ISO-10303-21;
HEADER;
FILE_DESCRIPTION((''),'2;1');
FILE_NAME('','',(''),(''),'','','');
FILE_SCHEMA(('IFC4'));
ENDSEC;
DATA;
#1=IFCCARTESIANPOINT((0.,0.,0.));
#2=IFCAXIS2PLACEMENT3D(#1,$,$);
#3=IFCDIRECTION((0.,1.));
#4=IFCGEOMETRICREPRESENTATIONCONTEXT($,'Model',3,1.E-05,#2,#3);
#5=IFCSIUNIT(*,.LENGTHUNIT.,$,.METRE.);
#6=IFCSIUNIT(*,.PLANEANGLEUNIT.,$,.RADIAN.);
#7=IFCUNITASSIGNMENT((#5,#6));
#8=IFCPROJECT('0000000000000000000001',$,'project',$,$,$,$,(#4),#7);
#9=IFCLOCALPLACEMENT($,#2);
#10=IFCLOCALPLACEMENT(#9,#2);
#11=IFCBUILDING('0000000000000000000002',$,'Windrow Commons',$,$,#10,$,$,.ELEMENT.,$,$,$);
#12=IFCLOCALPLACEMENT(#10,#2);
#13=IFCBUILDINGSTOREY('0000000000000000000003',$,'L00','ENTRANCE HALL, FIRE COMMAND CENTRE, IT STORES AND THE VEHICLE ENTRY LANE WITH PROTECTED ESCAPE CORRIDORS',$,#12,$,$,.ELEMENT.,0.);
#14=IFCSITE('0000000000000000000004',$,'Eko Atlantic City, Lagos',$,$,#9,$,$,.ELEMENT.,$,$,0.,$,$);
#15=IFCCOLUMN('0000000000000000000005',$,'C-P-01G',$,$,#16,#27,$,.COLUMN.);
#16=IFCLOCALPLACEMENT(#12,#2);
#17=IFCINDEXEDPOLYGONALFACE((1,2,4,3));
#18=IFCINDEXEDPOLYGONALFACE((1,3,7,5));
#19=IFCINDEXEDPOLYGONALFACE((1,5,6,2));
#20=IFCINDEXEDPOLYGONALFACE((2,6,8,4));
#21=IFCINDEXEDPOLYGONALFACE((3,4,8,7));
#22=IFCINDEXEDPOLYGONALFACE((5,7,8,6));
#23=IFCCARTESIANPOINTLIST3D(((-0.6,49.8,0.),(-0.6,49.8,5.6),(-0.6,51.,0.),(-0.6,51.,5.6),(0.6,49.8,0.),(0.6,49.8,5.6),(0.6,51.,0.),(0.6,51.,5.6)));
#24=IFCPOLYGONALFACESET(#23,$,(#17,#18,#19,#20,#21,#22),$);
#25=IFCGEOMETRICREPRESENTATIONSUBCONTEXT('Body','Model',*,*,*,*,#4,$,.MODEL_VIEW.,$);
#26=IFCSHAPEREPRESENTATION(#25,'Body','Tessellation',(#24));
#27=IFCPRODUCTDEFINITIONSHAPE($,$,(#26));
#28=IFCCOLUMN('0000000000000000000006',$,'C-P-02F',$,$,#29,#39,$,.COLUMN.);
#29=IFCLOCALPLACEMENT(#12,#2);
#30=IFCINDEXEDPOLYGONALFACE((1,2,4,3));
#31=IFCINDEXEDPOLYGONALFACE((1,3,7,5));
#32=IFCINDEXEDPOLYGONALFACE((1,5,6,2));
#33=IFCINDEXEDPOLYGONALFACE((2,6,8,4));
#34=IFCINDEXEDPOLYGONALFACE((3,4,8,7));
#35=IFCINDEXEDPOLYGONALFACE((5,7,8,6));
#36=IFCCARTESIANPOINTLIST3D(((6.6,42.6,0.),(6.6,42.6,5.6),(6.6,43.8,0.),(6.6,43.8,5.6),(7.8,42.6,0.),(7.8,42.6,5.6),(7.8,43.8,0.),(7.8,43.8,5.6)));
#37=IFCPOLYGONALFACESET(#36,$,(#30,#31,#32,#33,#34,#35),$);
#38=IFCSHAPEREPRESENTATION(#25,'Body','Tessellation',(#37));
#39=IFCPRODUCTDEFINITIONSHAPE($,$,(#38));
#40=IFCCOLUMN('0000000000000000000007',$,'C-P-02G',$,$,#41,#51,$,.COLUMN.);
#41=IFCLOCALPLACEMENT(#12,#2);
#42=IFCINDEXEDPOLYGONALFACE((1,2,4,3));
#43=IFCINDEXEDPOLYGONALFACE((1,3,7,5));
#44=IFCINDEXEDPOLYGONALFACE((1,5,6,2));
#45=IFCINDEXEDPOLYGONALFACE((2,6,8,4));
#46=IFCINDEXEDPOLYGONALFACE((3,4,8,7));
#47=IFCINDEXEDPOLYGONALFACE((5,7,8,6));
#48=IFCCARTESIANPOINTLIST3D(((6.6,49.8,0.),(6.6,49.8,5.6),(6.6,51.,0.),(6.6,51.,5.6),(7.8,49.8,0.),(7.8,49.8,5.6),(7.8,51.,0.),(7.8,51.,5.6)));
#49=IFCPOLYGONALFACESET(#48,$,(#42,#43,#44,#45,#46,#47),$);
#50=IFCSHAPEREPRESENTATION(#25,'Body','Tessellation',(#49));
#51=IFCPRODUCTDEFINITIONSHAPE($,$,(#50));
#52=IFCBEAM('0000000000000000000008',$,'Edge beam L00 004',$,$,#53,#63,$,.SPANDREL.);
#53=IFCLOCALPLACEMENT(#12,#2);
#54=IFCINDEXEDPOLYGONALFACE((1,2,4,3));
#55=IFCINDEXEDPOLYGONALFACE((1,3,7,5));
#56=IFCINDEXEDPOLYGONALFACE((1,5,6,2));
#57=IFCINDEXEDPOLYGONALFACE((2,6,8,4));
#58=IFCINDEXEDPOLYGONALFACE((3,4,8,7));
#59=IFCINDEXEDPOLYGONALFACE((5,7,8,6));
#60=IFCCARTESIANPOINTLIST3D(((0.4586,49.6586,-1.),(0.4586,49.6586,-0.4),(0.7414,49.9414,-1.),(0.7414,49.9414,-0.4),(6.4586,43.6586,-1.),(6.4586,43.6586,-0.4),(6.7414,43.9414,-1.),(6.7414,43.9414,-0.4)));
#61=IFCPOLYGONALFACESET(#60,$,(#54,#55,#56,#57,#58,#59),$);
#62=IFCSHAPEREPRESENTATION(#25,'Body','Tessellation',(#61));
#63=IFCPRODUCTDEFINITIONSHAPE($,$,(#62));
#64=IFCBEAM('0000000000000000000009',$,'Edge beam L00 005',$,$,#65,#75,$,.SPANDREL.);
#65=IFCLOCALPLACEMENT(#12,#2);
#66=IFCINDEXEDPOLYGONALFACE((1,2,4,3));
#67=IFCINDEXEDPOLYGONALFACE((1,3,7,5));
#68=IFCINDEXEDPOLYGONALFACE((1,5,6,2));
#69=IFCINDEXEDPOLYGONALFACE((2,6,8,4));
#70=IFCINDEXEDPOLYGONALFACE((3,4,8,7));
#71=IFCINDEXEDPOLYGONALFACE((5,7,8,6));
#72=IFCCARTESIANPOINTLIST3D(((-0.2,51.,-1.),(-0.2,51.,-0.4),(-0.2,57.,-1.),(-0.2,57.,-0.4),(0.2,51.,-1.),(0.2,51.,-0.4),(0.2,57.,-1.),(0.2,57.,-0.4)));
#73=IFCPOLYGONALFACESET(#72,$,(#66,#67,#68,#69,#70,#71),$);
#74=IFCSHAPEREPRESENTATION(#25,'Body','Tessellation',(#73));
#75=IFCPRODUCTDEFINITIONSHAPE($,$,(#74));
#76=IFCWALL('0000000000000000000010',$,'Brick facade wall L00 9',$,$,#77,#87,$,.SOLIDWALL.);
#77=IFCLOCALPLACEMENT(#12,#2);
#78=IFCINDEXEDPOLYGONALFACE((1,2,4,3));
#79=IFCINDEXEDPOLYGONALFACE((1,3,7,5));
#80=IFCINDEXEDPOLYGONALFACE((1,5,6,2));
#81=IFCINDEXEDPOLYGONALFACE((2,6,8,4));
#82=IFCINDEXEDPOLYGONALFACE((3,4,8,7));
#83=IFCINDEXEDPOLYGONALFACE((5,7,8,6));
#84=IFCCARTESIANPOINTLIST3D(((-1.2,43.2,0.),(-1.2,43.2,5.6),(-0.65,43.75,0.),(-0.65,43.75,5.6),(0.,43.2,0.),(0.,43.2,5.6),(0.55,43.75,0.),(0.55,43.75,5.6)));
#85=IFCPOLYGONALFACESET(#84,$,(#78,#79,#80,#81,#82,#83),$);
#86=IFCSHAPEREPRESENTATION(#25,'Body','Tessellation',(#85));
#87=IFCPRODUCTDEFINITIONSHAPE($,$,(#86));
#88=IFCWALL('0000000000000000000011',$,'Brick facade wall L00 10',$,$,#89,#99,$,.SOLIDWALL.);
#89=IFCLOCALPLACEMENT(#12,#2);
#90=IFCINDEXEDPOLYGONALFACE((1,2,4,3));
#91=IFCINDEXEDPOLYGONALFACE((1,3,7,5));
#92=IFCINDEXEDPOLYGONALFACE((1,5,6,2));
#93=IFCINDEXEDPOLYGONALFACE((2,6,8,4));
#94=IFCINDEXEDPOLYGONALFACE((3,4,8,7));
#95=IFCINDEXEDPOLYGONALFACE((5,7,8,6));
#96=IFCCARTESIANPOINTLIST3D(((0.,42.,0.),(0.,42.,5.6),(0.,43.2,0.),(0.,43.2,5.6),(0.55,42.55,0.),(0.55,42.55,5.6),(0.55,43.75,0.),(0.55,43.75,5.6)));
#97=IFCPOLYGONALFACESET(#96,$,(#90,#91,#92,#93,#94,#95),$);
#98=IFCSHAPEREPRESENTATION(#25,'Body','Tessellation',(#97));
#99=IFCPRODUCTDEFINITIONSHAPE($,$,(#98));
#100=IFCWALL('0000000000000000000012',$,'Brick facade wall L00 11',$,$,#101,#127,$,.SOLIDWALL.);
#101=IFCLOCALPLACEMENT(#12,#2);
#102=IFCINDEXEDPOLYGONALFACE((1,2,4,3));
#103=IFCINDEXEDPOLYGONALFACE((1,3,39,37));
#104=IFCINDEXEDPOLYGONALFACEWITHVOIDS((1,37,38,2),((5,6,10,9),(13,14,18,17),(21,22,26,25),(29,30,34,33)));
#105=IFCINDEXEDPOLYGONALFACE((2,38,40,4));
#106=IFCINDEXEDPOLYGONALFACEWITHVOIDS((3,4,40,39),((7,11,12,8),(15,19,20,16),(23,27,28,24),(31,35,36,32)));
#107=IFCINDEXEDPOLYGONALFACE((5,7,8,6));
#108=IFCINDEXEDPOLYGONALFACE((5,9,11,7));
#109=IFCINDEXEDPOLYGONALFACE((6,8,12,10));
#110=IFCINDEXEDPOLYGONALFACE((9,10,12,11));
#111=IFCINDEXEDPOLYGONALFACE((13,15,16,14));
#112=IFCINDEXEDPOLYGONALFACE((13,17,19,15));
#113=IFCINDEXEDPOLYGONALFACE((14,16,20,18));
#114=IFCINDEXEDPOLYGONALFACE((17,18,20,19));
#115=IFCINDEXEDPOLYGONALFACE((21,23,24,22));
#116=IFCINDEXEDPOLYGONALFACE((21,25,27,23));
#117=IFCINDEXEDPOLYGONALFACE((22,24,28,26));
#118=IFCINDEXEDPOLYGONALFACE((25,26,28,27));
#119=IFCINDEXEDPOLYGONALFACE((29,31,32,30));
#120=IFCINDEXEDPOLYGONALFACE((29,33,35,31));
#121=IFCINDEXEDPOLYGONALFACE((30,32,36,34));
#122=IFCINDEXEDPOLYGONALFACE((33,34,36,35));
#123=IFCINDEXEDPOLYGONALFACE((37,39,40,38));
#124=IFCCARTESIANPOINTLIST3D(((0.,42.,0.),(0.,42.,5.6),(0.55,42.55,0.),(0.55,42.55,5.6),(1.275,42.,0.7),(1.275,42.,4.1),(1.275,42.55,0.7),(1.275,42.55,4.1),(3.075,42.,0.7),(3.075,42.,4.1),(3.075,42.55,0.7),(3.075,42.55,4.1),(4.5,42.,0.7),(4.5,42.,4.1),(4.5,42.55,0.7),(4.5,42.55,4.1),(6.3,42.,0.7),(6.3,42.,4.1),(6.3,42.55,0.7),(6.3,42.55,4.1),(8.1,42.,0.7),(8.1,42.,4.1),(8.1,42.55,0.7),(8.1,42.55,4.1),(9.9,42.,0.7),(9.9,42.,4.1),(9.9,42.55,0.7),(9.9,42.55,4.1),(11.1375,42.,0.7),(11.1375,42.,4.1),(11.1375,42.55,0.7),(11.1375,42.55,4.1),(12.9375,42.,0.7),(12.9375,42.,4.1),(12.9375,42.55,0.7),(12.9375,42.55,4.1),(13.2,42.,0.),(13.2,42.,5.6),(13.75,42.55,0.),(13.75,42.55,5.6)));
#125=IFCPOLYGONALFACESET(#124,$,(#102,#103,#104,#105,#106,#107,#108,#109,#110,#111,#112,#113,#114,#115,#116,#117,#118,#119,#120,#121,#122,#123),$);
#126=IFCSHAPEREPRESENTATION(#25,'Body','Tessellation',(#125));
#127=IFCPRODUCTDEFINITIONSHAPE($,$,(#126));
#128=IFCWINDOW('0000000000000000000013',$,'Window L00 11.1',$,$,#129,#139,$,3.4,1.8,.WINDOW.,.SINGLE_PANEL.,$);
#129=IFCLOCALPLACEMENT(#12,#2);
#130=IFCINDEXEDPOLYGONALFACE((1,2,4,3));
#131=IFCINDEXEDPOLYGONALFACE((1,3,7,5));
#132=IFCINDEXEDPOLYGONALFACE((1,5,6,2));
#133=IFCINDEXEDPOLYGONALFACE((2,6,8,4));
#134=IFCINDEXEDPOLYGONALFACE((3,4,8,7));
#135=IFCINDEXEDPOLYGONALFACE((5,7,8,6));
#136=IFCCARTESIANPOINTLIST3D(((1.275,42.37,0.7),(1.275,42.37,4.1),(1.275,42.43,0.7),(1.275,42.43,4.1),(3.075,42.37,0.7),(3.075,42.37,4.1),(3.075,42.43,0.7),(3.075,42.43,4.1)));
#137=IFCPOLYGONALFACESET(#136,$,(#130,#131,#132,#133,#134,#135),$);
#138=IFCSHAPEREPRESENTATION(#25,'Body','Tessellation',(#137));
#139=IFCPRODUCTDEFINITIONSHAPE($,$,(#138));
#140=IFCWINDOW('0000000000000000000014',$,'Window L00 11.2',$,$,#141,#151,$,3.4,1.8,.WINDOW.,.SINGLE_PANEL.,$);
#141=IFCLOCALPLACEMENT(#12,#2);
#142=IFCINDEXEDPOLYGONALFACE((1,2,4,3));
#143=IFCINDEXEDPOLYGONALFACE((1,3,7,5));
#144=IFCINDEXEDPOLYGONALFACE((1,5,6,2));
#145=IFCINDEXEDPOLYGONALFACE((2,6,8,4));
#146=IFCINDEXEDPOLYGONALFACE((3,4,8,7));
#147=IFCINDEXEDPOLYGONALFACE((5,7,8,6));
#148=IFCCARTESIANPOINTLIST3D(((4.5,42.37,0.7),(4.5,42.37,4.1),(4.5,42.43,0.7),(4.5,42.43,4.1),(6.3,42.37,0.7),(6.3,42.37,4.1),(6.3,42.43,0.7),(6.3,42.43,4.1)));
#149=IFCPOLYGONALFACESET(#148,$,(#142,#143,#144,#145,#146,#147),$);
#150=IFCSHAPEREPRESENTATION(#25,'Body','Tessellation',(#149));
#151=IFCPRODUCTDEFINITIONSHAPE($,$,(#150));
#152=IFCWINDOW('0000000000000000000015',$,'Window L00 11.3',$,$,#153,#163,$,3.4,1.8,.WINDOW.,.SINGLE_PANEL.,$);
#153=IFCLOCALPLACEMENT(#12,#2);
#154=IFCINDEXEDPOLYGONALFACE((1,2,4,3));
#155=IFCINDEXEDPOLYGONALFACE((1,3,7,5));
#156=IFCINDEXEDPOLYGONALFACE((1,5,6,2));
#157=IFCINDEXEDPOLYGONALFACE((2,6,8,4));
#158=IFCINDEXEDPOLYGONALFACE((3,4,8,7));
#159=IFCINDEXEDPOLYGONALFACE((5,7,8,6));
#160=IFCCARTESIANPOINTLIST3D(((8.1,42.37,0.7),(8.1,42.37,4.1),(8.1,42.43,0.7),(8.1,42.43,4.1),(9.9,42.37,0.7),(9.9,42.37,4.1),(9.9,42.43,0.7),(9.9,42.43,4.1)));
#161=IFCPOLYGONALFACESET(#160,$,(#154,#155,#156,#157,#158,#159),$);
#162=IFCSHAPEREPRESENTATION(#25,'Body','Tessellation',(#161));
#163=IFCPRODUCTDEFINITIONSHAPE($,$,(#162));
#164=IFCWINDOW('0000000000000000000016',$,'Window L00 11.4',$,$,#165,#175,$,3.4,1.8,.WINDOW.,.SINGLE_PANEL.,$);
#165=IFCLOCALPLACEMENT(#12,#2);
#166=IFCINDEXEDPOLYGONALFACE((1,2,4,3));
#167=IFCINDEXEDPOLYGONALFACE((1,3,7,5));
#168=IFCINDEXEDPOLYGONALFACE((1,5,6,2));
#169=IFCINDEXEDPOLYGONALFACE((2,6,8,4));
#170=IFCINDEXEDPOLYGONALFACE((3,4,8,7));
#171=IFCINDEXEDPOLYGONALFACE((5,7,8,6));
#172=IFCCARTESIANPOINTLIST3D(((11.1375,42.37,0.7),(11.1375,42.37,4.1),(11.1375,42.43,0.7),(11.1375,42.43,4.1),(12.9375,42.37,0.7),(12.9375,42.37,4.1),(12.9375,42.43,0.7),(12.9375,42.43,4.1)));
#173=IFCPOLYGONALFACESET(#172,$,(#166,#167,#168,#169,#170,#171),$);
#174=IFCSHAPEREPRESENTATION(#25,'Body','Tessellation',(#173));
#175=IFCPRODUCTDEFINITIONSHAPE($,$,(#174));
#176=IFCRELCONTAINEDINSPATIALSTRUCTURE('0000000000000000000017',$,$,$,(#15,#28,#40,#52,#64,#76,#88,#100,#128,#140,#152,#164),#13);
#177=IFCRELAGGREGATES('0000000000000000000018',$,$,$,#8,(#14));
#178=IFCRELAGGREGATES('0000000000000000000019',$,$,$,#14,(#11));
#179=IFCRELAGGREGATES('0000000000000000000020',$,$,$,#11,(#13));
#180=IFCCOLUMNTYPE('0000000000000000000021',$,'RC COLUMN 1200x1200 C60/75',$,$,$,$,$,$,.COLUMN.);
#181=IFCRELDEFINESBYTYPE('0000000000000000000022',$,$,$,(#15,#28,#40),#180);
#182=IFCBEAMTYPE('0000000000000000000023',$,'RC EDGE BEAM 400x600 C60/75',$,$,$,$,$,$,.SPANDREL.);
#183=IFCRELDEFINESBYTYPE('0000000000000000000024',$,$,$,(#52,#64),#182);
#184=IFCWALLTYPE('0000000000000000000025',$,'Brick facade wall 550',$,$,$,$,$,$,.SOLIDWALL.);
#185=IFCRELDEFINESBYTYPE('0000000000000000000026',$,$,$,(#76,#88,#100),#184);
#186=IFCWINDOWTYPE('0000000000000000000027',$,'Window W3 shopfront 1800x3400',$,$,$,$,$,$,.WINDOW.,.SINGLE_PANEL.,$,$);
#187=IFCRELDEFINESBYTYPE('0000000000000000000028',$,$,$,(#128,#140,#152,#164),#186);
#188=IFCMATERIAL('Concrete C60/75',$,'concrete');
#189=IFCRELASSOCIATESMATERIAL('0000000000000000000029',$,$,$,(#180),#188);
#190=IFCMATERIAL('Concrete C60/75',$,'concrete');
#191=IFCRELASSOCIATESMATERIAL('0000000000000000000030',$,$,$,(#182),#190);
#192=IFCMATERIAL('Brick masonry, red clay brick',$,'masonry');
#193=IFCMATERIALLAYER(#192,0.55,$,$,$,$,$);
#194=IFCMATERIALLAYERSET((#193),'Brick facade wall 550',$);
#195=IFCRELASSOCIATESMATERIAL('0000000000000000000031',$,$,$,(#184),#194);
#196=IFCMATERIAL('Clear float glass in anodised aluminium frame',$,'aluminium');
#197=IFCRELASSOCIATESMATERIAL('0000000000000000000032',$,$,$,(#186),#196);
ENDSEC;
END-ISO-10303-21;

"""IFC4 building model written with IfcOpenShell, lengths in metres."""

from ifc_helpers import new_model, si_unit, direction, frame, frame_2d, origin, origin_2d, place, context, subcontext, project, spatial, polyline, rectangle, outline, extrude, material, layer, layer_set, material_profile, profile_set, type_object, element, fill, save


model = new_model("IFC4")

# Units and contexts
model_context = context("Model", 3, precision=1e-05, world=origin(), true_north=direction((0.0, 1.0)))
body_context = subcontext(model_context, "Body", "Model", "MODEL_VIEW")
ifc_project = project(units=[si_unit("LENGTHUNIT", "METRE"), si_unit("PLANEANGLEUNIT", "RADIAN")], contexts=[model_context])

# Site, building, storey
site_placement = place(None, origin())
site = spatial("IfcSite", under=ifc_project, at=site_placement, Name="Eko Atlantic City, Lagos", CompositionType="ELEMENT", RefElevation=0.0)
building_placement = place(site_placement, origin())
building = spatial("IfcBuilding", under=site, at=building_placement, Name="Windrow Commons", CompositionType="ELEMENT")
storey_placement = place(building_placement, origin())
storey = spatial("IfcBuildingStorey", under=building, at=storey_placement, Name="L00", Description="ENTRANCE HALL, FIRE COMMAND CENTRE, IT STORES AND THE VEHICLE ENTRY LANE WITH PROTECTED ESCAPE CORRIDORS", CompositionType="ELEMENT", Elevation=0.0)

# Columns
ifc_material_1 = material(Name="Concrete C60/75", Category="concrete")
ifc_material_profile_1 = material_profile(ifc_material_1, rectangle(XDim=1.2, YDim=1.2, at=origin_2d()))
ifc_profile_set_1 = profile_set([ifc_material_profile_1], Name="Concrete C60/75")
column_type = type_object("IfcColumnType", Name="RC COLUMN 1200x1200 C60/75", PredefinedType="COLUMN", material=ifc_profile_set_1)
for number, where, z_axis, x_axis, name in (
    (1, (0.0, 50.4, 0.0), (0.0, 0.0, 1.0), (1.0, 0.0, 0.0), "C-P-01G"),
    (2, (7.2, 43.2, 0.0), (0.0, 0.0, 1.0), (1.0, 0.0, 0.0), "C-P-02F"),
    (3, (7.2, 50.4, 0.0), (0.0, 0.0, 1.0), (1.0, 0.0, 0.0), "C-P-02G"),
):
    element("IfcColumn", number, at=place(storey_placement, frame(where, z_axis=z_axis, x_axis=x_axis)), inside=storey, type_object=column_type, Name=name, PredefinedType="COLUMN", context=body_context, shape_type="SweptSolid", body=[
        extrude(rectangle(XDim=1.2, YDim=1.2, at=origin_2d()), origin(), (0.0, 0.0, 1.0), 5.6),
    ])

# Beams
ifc_material_2 = material(Name="Concrete C60/75", Category="concrete")
ifc_material_profile_2 = material_profile(ifc_material_2, rectangle(XDim=0.4, YDim=0.6, at=origin_2d()))
ifc_profile_set_2 = profile_set([ifc_material_profile_2], Name="Concrete C60/75")
beam_type = type_object("IfcBeamType", Name="RC EDGE BEAM 400x600 C60/75", PredefinedType="SPANDREL", material=ifc_profile_set_2)
beam_1_placement = place(storey_placement, frame((6.6, 43.8, -0.7), z_axis=(-0.707107, 0.707107, 0.0), x_axis=(-0.707107, -0.707107, 0.0)))
element("IfcBeam", 4, at=beam_1_placement, inside=storey, type_object=beam_type, Name="Edge beam L00 004", PredefinedType="SPANDREL", context=body_context, shape_type="SweptSolid", body=[
    extrude(rectangle(XDim=0.4, YDim=0.6, at=origin_2d()), origin(), (0.0, 0.0, 1.0), 8.4853),
])
beam_2_placement = place(storey_placement, frame((0.0, 51.0, -0.7), z_axis=(0.0, 1.0, 0.0), x_axis=(-1.0, 0.0, 0.0)))
element("IfcBeam", 5, at=beam_2_placement, inside=storey, type_object=beam_type, Name="Edge beam L00 005", PredefinedType="SPANDREL", context=body_context, shape_type="SweptSolid", body=[
    extrude(rectangle(XDim=0.4, YDim=0.6, at=origin_2d()), origin(), (0.0, 0.0, 1.0), 6.0),
])

# Walls
ifc_material_3 = material(Name="Brick masonry, red clay brick", Category="masonry")
ifc_layer = layer(ifc_material_3, 0.55)
ifc_layer_set = layer_set([ifc_layer], Name="Brick facade wall 550")
wall_type = type_object("IfcWallType", Name="Brick facade wall 550", PredefinedType="SOLIDWALL", material=ifc_layer_set)
wall_1_placement = place(storey_placement, frame((-0.925, 43.475, 0.0), z_axis=(0.0, 0.0, 1.0), x_axis=(1.0, 0.0, 0.0)))
element("IfcWall", 6, at=wall_1_placement, inside=storey, type_object=wall_type, Name="Brick facade wall L00 9", PredefinedType="SOLIDWALL", context=body_context, shape_type="SweptSolid", body=[
    extrude(outline(polyline([(-0.275, -0.275), (0.925, -0.275), (1.475, 0.275), (0.275, 0.275), (-0.275, -0.275)])), origin(), (0.0, 0.0, 1.0), 5.6),
])
wall_2_placement = place(storey_placement, frame((0.275, 43.475, 0.0), z_axis=(0.0, 0.0, 1.0), x_axis=(0.0, -1.0, 0.0)))
element("IfcWall", 7, at=wall_2_placement, inside=storey, type_object=wall_type, Name="Brick facade wall L00 10", PredefinedType="SOLIDWALL", context=body_context, shape_type="SweptSolid", body=[
    extrude(outline(polyline([(0.275, -0.275), (1.475, -0.275), (0.925, 0.275), (-0.275, 0.275), (0.275, -0.275)])), origin(), (0.0, 0.0, 1.0), 5.6),
])

# Wall, openings, windows
wall_3_placement = place(storey_placement, frame((0.275, 42.275, 0.0), z_axis=(0.0, 0.0, 1.0), x_axis=(1.0, 0.0, 0.0)))
wall_3 = element("IfcWall", 8, at=wall_3_placement, inside=storey, type_object=wall_type, Name="Brick facade wall L00 11", PredefinedType="SOLIDWALL", context=body_context, shape_type="SweptSolid", body=[
    extrude(outline(polyline([(-0.275, -0.275), (12.925, -0.275), (13.475, 0.275), (0.275, 0.275), (-0.275, -0.275)])), origin(), (0.0, 0.0, 1.0), 5.6),
])
opening_1_placement = place(wall_3_placement, frame((1.0, 0.0, 0.7)))
opening_1 = element("IfcOpeningElement", 9, at=opening_1_placement, cuts=wall_3, PredefinedType="OPENING", context=body_context, shape_type="SweptSolid", body=[
    extrude(rectangle(XDim=1.8, YDim=3.4, at=frame_2d((0.9, 1.7))), frame((0.0, 0.285, 0.0), z_axis=(0.0, -1.0, 0.0), x_axis=(1.0, 0.0, 0.0)), (0.0, 0.0, 1.0), 0.57),
])
opening_2_placement = place(wall_3_placement, frame((4.225, 0.0, 0.7)))
opening_2 = element("IfcOpeningElement", 10, at=opening_2_placement, cuts=wall_3, PredefinedType="OPENING", context=body_context, shape_type="SweptSolid", body=[
    extrude(rectangle(XDim=1.8, YDim=3.4, at=frame_2d((0.9, 1.7))), frame((0.0, 0.285, 0.0), z_axis=(0.0, -1.0, 0.0), x_axis=(1.0, 0.0, 0.0)), (0.0, 0.0, 1.0), 0.57),
])
opening_3_placement = place(wall_3_placement, frame((7.825, 0.0, 0.7)))
opening_3 = element("IfcOpeningElement", 11, at=opening_3_placement, cuts=wall_3, PredefinedType="OPENING", context=body_context, shape_type="SweptSolid", body=[
    extrude(rectangle(XDim=1.8, YDim=3.4, at=frame_2d((0.9, 1.7))), frame((0.0, 0.285, 0.0), z_axis=(0.0, -1.0, 0.0), x_axis=(1.0, 0.0, 0.0)), (0.0, 0.0, 1.0), 0.57),
])
opening_4_placement = place(wall_3_placement, frame((10.8625, 0.0, 0.7)))
opening_4 = element("IfcOpeningElement", 12, at=opening_4_placement, cuts=wall_3, PredefinedType="OPENING", context=body_context, shape_type="SweptSolid", body=[
    extrude(rectangle(XDim=1.8, YDim=3.4, at=frame_2d((0.9, 1.7))), frame((0.0, 0.285, 0.0), z_axis=(0.0, -1.0, 0.0), x_axis=(1.0, 0.0, 0.0)), (0.0, 0.0, 1.0), 0.57),
])
ifc_material_4 = material(Name="Clear float glass in anodised aluminium frame", Category="aluminium")
window_type = type_object("IfcWindowType", Name="Window W3 shopfront 1800x3400", PartitioningType="SINGLE_PANEL", PredefinedType="WINDOW", material=ifc_material_4)
window_1_placement = place(opening_1_placement, origin())
window_1 = element("IfcWindow", 13, at=window_1_placement, inside=storey, type_object=window_type, Name="Window L00 11.1", OverallHeight=3.4, OverallWidth=1.8, PartitioningType="SINGLE_PANEL", PredefinedType="WINDOW", context=body_context, shape_type="SweptSolid", body=[
    extrude(rectangle(XDim=1.8, YDim=3.4, at=frame_2d((0.9, 1.7))), frame((0.0, 0.155, 0.0), z_axis=(0.0, -1.0, 0.0), x_axis=(1.0, 0.0, 0.0)), (0.0, 0.0, 1.0), 0.06),
])
fill(opening_1, window_1)
window_2_placement = place(opening_2_placement, origin())
window_2 = element("IfcWindow", 14, at=window_2_placement, inside=storey, type_object=window_type, Name="Window L00 11.2", OverallHeight=3.4, OverallWidth=1.8, PartitioningType="SINGLE_PANEL", PredefinedType="WINDOW", context=body_context, shape_type="SweptSolid", body=[
    extrude(rectangle(XDim=1.8, YDim=3.4, at=frame_2d((0.9, 1.7))), frame((0.0, 0.155, 0.0), z_axis=(0.0, -1.0, 0.0), x_axis=(1.0, 0.0, 0.0)), (0.0, 0.0, 1.0), 0.06),
])
fill(opening_2, window_2)
window_3_placement = place(opening_3_placement, origin())
window_3 = element("IfcWindow", 15, at=window_3_placement, inside=storey, type_object=window_type, Name="Window L00 11.3", OverallHeight=3.4, OverallWidth=1.8, PartitioningType="SINGLE_PANEL", PredefinedType="WINDOW", context=body_context, shape_type="SweptSolid", body=[
    extrude(rectangle(XDim=1.8, YDim=3.4, at=frame_2d((0.9, 1.7))), frame((0.0, 0.155, 0.0), z_axis=(0.0, -1.0, 0.0), x_axis=(1.0, 0.0, 0.0)), (0.0, 0.0, 1.0), 0.06),
])
fill(opening_3, window_3)
window_4_placement = place(opening_4_placement, origin())
window_4 = element("IfcWindow", 16, at=window_4_placement, inside=storey, type_object=window_type, Name="Window L00 11.4", OverallHeight=3.4, OverallWidth=1.8, PartitioningType="SINGLE_PANEL", PredefinedType="WINDOW", context=body_context, shape_type="SweptSolid", body=[
    extrude(rectangle(XDim=1.8, YDim=3.4, at=frame_2d((0.9, 1.7))), frame((0.0, 0.155, 0.0), z_axis=(0.0, -1.0, 0.0), x_axis=(1.0, 0.0, 0.0)), (0.0, 0.0, 1.0), 0.06),
])
fill(opening_4, window_4)

save(model, "model.ifc")
